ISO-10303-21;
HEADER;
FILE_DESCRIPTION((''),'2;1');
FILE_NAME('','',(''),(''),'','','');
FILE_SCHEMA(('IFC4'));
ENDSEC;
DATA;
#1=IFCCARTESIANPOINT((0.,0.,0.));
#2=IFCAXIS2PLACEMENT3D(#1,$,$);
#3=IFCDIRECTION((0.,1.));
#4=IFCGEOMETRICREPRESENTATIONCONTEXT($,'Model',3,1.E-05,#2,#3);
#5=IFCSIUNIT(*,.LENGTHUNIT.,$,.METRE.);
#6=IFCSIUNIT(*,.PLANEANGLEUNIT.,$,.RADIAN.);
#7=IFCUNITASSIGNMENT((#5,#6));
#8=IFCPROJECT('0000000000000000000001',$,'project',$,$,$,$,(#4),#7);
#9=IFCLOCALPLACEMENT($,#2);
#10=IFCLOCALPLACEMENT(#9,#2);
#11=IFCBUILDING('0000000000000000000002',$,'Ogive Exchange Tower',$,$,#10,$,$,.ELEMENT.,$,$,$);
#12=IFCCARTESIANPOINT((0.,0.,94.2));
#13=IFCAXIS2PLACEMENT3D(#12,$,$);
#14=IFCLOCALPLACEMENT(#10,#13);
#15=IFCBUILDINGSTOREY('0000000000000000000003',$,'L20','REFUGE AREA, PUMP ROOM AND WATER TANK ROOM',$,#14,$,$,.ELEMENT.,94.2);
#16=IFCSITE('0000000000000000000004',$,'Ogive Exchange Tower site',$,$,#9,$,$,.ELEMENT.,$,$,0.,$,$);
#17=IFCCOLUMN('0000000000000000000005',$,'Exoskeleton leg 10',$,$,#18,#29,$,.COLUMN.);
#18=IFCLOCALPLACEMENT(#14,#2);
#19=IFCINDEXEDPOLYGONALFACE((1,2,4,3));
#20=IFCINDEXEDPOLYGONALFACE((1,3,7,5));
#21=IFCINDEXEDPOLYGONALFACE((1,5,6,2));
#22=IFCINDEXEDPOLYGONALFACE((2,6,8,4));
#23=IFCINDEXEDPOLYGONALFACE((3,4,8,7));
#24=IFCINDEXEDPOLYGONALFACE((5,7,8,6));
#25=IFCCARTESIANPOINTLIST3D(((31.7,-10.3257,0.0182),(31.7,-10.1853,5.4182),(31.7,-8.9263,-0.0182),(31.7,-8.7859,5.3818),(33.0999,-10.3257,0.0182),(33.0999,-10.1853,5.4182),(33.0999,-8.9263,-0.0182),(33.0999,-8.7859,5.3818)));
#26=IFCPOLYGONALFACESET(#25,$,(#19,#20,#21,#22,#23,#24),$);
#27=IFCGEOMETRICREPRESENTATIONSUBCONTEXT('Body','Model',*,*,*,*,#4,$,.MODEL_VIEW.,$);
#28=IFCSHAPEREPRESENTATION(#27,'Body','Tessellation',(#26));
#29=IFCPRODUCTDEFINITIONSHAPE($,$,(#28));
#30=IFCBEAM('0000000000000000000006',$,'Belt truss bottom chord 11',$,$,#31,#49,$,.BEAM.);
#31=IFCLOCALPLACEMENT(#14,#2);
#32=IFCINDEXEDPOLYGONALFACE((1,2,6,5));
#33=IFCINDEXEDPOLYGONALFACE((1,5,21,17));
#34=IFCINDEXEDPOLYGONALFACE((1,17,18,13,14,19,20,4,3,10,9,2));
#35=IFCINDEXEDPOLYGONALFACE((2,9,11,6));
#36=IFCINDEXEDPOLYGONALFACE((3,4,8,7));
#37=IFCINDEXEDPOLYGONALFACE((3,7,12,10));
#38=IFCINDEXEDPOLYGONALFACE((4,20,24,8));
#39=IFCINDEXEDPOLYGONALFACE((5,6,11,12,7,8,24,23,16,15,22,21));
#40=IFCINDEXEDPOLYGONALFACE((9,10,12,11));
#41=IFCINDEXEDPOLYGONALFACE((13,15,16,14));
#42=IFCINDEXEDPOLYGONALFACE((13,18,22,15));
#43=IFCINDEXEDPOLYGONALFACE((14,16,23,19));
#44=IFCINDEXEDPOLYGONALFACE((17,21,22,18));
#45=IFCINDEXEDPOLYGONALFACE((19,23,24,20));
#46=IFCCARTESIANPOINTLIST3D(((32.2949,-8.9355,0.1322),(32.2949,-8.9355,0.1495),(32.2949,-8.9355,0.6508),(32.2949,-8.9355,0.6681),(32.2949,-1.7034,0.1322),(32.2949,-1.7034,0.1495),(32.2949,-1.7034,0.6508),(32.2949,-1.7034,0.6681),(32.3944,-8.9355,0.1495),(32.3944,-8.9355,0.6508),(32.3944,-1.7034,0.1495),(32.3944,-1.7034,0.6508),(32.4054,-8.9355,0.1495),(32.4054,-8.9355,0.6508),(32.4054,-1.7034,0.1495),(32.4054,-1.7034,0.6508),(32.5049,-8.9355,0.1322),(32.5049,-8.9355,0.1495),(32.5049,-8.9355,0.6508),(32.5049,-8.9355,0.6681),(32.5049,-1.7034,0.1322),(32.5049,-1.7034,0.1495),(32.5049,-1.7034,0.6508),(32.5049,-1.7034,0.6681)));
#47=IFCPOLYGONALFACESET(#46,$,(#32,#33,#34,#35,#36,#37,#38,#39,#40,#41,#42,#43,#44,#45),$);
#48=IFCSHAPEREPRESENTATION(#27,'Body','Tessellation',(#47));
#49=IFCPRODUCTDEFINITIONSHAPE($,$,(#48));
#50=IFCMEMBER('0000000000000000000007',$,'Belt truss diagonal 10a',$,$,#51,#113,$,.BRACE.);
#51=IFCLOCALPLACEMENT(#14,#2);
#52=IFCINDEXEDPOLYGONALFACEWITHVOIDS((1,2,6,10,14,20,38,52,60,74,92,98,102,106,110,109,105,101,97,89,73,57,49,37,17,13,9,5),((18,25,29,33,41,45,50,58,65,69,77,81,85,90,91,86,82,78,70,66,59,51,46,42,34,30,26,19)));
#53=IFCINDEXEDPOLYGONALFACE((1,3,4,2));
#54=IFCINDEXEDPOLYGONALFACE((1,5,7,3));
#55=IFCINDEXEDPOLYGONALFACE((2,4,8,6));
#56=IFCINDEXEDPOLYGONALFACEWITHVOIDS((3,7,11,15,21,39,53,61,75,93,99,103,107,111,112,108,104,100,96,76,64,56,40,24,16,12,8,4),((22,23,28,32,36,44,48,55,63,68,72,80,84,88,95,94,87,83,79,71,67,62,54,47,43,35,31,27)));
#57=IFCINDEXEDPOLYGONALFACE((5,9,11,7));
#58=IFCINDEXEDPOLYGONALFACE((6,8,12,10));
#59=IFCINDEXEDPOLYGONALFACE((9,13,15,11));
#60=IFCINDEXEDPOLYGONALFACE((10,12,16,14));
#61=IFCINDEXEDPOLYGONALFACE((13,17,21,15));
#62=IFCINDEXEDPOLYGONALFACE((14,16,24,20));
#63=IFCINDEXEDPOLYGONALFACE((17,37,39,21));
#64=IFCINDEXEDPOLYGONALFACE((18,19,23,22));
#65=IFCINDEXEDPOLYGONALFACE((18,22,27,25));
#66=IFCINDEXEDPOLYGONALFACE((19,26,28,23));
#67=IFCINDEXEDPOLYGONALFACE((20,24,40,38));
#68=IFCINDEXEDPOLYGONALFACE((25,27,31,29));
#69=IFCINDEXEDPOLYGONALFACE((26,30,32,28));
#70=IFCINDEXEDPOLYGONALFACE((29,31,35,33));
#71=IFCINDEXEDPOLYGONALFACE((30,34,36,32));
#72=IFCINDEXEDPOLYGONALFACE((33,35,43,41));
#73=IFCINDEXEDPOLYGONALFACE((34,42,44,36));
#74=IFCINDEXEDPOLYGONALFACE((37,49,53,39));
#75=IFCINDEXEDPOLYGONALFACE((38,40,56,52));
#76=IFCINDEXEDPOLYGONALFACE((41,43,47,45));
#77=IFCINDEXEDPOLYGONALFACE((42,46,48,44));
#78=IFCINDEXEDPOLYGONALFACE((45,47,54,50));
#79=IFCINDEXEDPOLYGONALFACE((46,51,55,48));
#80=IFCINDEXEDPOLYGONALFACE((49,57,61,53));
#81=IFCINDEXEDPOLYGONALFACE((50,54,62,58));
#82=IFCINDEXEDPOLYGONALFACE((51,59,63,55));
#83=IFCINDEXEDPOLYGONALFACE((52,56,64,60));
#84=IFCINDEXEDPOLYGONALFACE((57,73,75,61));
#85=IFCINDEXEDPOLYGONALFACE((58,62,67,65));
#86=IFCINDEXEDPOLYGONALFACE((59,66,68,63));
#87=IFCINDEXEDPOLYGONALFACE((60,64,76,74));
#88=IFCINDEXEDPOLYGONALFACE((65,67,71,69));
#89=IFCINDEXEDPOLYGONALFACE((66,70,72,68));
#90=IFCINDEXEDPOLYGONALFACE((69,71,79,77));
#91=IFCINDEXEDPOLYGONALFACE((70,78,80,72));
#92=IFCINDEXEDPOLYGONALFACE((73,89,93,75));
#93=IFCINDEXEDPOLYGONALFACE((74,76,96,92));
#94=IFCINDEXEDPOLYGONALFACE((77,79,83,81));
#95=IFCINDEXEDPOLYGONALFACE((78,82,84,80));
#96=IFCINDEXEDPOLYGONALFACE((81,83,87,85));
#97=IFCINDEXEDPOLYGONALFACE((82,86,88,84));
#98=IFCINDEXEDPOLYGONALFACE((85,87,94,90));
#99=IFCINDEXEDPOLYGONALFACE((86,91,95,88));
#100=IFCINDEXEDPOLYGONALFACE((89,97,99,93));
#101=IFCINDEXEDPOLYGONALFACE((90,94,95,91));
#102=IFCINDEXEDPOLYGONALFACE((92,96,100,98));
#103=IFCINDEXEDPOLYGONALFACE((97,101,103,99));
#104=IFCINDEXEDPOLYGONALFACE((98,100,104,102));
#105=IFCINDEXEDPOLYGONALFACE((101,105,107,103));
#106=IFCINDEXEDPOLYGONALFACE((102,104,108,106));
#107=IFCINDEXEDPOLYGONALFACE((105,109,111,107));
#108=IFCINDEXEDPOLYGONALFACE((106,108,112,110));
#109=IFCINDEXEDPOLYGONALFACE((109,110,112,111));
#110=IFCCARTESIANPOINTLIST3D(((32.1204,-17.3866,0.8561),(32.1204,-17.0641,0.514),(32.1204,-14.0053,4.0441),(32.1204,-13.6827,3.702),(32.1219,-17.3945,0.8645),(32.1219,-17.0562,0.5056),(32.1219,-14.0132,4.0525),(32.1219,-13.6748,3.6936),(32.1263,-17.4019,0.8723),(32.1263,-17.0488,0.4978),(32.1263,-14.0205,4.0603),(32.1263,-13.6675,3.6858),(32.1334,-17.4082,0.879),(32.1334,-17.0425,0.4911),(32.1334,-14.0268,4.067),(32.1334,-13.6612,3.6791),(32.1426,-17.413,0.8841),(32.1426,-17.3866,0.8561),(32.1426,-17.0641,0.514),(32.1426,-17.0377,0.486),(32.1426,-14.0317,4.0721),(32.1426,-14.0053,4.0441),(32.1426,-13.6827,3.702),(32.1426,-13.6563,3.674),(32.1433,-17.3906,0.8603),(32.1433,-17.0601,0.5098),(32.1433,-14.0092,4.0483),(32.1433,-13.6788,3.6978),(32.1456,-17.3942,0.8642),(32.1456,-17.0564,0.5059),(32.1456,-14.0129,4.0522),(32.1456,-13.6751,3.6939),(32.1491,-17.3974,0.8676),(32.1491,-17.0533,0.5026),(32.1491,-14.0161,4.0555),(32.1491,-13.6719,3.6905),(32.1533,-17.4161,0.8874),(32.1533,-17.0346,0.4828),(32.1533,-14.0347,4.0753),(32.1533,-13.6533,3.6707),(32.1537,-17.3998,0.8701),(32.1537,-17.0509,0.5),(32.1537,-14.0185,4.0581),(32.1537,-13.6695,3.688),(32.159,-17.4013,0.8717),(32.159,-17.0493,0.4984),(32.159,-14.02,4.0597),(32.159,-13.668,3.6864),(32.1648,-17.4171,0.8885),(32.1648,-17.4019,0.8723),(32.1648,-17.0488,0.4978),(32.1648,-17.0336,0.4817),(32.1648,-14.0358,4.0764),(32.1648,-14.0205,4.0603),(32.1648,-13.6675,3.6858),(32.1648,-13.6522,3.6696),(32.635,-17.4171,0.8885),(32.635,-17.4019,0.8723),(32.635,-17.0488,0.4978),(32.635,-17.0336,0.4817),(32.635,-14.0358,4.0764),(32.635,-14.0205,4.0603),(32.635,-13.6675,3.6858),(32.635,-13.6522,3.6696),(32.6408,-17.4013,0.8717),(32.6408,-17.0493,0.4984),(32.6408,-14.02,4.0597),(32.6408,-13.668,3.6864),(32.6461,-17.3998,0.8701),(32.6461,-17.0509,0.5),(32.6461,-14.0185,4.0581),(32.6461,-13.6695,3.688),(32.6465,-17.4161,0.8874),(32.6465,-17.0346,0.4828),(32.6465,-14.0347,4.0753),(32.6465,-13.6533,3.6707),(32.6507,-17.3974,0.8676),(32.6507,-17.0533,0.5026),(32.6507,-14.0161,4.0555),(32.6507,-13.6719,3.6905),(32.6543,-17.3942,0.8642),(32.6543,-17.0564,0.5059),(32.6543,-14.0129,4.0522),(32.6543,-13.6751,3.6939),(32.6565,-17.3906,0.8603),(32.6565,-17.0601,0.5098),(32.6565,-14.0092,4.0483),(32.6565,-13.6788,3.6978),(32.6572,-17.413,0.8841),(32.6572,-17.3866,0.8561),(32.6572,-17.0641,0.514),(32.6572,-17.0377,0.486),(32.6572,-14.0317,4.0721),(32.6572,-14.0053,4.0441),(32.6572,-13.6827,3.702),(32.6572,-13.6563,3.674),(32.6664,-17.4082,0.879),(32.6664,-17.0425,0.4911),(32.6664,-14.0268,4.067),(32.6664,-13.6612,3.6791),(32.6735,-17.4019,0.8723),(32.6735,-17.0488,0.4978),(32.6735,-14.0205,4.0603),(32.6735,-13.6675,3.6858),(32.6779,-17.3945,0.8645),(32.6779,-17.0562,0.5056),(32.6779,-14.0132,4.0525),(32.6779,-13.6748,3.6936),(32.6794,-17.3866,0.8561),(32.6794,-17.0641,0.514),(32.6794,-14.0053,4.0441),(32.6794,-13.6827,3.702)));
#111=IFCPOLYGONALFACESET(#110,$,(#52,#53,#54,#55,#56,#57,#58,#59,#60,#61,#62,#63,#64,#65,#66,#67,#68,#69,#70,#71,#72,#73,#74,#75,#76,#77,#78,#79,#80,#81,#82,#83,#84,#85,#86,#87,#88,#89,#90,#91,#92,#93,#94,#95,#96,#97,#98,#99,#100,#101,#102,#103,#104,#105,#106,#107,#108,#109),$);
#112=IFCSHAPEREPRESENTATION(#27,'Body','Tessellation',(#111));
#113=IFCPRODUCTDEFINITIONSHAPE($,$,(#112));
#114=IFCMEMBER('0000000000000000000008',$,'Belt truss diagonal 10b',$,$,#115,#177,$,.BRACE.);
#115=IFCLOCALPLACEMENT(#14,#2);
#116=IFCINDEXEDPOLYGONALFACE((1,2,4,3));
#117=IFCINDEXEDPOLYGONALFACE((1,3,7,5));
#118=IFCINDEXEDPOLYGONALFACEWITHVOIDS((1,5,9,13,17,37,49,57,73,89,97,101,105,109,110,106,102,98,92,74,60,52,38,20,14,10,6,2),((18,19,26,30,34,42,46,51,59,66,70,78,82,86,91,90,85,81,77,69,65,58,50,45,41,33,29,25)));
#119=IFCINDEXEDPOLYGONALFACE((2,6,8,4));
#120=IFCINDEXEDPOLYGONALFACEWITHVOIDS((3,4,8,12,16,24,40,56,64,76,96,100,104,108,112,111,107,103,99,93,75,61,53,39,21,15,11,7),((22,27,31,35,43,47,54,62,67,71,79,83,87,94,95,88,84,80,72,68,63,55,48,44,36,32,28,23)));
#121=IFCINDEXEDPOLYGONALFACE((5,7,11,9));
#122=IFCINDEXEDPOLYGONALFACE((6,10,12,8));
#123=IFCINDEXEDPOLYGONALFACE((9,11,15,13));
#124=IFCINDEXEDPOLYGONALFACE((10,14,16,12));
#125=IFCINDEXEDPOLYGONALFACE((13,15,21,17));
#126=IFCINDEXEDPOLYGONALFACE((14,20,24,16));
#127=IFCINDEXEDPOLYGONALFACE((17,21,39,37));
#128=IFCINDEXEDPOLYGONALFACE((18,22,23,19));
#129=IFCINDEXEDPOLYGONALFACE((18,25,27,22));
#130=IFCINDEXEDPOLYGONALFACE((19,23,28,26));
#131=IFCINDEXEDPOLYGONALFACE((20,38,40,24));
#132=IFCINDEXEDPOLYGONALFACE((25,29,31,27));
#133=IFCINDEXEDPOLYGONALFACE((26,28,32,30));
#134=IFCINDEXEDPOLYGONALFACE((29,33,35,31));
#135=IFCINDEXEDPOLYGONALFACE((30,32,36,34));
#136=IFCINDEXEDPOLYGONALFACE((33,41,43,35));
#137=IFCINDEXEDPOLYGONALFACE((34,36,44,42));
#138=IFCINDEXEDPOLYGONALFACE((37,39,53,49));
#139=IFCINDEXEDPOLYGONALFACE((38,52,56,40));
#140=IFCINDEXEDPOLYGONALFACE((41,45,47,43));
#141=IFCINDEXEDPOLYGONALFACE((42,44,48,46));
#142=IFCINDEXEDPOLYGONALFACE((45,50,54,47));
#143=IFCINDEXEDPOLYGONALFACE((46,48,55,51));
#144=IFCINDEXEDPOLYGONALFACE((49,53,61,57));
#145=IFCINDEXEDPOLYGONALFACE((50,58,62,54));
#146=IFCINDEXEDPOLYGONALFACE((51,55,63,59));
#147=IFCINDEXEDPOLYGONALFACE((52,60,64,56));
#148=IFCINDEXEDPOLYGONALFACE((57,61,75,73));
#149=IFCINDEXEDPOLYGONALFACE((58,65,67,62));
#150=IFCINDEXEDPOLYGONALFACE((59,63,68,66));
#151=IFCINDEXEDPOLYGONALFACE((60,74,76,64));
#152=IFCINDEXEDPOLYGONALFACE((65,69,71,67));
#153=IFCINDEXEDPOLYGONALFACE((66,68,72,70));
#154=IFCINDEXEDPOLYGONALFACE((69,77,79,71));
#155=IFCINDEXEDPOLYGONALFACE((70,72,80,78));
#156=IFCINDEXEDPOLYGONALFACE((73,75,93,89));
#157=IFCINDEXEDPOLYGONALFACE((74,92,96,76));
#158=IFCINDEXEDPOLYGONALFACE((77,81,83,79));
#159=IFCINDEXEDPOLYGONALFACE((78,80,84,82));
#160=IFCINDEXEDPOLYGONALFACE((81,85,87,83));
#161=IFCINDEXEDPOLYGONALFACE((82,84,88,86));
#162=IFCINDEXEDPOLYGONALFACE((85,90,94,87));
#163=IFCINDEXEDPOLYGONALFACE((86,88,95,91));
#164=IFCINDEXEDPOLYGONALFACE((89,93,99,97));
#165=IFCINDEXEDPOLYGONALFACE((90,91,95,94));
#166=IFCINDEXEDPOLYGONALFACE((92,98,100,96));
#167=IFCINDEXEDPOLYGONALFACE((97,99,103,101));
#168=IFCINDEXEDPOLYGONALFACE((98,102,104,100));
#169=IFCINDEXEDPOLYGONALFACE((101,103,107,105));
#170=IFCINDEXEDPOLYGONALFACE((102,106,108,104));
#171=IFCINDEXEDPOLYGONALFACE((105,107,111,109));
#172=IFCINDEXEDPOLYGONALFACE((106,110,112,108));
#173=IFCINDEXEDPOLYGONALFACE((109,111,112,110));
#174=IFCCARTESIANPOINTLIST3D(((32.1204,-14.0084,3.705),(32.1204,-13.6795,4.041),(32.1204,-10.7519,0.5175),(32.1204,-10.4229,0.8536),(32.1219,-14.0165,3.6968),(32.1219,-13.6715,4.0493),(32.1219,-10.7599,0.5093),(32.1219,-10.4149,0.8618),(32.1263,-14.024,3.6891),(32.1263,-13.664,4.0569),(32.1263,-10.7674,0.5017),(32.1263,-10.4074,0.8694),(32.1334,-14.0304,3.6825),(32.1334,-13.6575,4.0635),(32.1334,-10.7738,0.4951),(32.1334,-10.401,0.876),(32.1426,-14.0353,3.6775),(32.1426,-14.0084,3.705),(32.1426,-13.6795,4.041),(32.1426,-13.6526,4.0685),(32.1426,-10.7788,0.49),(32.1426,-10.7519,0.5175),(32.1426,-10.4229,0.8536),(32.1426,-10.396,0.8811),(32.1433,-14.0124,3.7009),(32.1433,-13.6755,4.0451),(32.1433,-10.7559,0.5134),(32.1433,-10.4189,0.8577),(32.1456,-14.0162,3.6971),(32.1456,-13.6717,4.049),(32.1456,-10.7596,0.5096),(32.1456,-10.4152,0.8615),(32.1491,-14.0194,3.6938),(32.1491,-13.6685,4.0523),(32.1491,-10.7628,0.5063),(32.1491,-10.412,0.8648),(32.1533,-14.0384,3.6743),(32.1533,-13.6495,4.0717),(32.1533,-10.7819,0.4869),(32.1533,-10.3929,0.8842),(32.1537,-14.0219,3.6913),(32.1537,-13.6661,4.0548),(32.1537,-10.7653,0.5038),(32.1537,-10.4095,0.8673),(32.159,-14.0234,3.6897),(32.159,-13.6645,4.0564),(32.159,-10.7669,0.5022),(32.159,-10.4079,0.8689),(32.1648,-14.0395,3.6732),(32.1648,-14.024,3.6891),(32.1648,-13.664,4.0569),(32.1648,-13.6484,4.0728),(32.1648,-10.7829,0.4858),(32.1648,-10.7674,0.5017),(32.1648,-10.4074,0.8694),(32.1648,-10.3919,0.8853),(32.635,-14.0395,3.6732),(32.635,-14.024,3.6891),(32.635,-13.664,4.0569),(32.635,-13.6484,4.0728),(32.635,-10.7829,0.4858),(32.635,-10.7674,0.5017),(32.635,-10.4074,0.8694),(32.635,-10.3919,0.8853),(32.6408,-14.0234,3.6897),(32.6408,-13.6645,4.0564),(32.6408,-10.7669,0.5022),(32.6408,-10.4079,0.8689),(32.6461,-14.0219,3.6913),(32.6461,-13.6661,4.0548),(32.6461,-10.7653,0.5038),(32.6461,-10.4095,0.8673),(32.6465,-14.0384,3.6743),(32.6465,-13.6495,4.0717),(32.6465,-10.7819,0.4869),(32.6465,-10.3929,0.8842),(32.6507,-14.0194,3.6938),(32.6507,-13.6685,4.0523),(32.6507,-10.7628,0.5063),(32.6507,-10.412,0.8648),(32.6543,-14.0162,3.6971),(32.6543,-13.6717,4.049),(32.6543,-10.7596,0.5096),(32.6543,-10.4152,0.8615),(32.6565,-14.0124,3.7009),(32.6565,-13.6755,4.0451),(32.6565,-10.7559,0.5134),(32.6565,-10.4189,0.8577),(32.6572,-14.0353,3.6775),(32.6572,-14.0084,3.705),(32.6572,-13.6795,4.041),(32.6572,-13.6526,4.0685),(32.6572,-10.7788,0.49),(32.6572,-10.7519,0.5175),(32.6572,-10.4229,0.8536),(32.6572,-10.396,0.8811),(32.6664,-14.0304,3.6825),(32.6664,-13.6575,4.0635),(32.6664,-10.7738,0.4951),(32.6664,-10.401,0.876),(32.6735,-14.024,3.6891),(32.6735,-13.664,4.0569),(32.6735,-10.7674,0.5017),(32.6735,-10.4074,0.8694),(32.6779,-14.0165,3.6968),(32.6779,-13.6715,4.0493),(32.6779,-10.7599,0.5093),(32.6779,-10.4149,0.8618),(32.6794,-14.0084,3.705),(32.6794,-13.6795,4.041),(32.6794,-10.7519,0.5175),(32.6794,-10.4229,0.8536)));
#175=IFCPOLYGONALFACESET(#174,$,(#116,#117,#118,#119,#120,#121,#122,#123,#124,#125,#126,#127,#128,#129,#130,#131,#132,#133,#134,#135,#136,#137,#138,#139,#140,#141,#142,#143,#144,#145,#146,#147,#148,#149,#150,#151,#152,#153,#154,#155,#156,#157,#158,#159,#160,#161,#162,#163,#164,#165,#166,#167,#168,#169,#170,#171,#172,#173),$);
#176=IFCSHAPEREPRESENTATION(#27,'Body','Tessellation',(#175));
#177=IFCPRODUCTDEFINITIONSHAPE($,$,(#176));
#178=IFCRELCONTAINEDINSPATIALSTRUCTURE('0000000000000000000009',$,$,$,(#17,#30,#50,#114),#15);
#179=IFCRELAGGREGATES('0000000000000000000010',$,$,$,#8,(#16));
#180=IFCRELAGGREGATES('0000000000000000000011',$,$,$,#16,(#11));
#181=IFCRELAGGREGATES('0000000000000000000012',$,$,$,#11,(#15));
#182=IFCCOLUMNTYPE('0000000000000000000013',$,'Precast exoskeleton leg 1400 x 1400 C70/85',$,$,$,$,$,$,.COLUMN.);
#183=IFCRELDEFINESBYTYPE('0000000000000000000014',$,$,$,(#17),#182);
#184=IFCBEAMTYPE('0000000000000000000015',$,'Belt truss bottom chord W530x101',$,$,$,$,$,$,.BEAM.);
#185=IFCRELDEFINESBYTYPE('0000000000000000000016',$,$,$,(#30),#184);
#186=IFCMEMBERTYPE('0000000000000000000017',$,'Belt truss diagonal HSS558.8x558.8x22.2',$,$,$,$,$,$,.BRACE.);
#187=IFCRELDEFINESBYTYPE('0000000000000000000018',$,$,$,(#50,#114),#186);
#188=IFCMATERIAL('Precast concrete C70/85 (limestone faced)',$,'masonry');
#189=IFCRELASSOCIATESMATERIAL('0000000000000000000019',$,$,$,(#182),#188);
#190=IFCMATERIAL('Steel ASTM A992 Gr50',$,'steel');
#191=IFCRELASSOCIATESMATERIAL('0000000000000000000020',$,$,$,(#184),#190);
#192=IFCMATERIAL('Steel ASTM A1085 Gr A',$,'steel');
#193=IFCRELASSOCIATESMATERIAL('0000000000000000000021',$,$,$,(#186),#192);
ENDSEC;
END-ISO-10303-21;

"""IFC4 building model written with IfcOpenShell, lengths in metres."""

from ifc_helpers import new_model, si_unit, direction, frame, origin, origin_2d, place, context, subcontext, project, spatial, rectangle, hollow_rectangle, i_section, extrude, material, material_profile, profile_set, type_object, element, save


model = new_model("IFC4")

# Units and contexts
model_context = context("Model", 3, precision=1e-05, world=origin(), true_north=direction((0.0, 1.0)))
body_context = subcontext(model_context, "Body", "Model", "MODEL_VIEW")
ifc_project = project(units=[si_unit("LENGTHUNIT", "METRE"), si_unit("PLANEANGLEUNIT", "RADIAN")], contexts=[model_context])

# Site, building, storey
site_placement = place(None, origin())
site = spatial("IfcSite", under=ifc_project, at=site_placement, Name="Ogive Exchange Tower site", CompositionType="ELEMENT", RefElevation=0.0)
building_placement = place(site_placement, origin())
building = spatial("IfcBuilding", under=site, at=building_placement, Name="Ogive Exchange Tower", CompositionType="ELEMENT")
storey_placement = place(building_placement, frame((0.0, 0.0, 94.2)))
storey = spatial("IfcBuildingStorey", under=building, at=storey_placement, Name="L20", Description="REFUGE AREA, PUMP ROOM AND WATER TANK ROOM", CompositionType="ELEMENT", Elevation=94.2)

# Column
ifc_material_1 = material(Name="Precast concrete C70/85 (limestone faced)", Category="masonry")
ifc_material_profile_1 = material_profile(ifc_material_1, rectangle(XDim=1.3999, YDim=1.3999, at=origin_2d()), Name="1400 x 1400")
ifc_profile_set_1 = profile_set([ifc_material_profile_1], Name="Precast concrete C70/85 (limestone faced)")
column_type = type_object("IfcColumnType", Name="Precast exoskeleton leg 1400 x 1400 C70/85", PredefinedType="COLUMN", material=ifc_profile_set_1)
column_placement = place(storey_placement, frame((32.3999, -9.626, 0.0), z_axis=(0.0, 0.025987, 0.999662), x_axis=(-1.0, 0.0, 0.0)))
element("IfcColumn", 1, at=column_placement, inside=storey, type_object=column_type, Name="Exoskeleton leg 10", PredefinedType="COLUMN", context=body_context, shape_type="SweptSolid", body=[
    extrude(rectangle(XDim=1.3999, YDim=1.3999, at=origin_2d()), origin(), (0.0, 0.0, 1.0), 5.4019),
])

# Beam
ifc_material_2 = material(Name="Steel ASTM A992 Gr50", Category="steel")
ifc_material_profile_2 = material_profile(ifc_material_2, i_section(OverallWidth=0.21, OverallDepth=0.5359, WebThickness=0.011, FlangeThickness=0.0173, at=origin_2d()), Name="W530x101")
ifc_profile_set_2 = profile_set([ifc_material_profile_2], Name="Steel ASTM A992 Gr50")
beam_type_1 = type_object("IfcBeamType", Name="Belt truss bottom chord W530x101", PredefinedType="BEAM", material=ifc_profile_set_2)
beam_1_placement = place(storey_placement, frame((32.3999, -8.9355, 0.4001), z_axis=(0.0, 1.0, 0.0), x_axis=(-1.0, 0.0, 0.0)))
element("IfcBeam", 2, at=beam_1_placement, inside=storey, type_object=beam_type_1, Name="Belt truss bottom chord 11", PredefinedType="BEAM", context=body_context, shape_type="SweptSolid", body=[
    extrude(i_section(OverallWidth=0.21, OverallDepth=0.5359, WebThickness=0.011, FlangeThickness=0.0173, at=origin_2d()), origin(), (0.0, 0.0, 1.0), 7.2322),
])

# Members
ifc_material_3 = material(Name="Steel ASTM A1085 Gr A", Category="steel")
ifc_material_profile_3 = material_profile(ifc_material_3, hollow_rectangle(XDim=0.5591, YDim=0.5591, WallThickness=0.0222, InnerFilletRadius=0.0222, OuterFilletRadius=0.0444, at=origin_2d()), Name="HSS558.8x558.8x22.2")
ifc_profile_set_3 = profile_set([ifc_material_profile_3], Name="Steel ASTM A1085 Gr A")
member_type_1 = type_object("IfcMemberType", Name="Belt truss diagonal HSS558.8x558.8x22.2", PredefinedType="BRACE", material=ifc_profile_set_3)
member_1_placement = place(storey_placement, frame((32.3999, -17.2253, 0.6851), z_axis=(0.0, 0.727604, 0.685997), x_axis=(-1.0, 0.0, 0.0)))
element("IfcMember", 3, at=member_1_placement, inside=storey, type_object=member_type_1, Name="Belt truss diagonal 10a", PredefinedType="BRACE", context=body_context, shape_type="SweptSolid", body=[
    extrude(hollow_rectangle(XDim=0.5591, YDim=0.5591, WallThickness=0.0222, InnerFilletRadius=0.0222, OuterFilletRadius=0.0444, at=origin_2d()), origin(), (0.0, 0.0, 1.0), 4.6472),
])
member_2_placement = place(storey_placement, frame((32.3999, -10.5874, 0.6855), z_axis=(0.0, -0.714647, 0.699485), x_axis=(1.0, 0.0, 0.0)))
element("IfcMember", 4, at=member_2_placement, inside=storey, type_object=member_type_1, Name="Belt truss diagonal 10b", PredefinedType="BRACE", context=body_context, shape_type="SweptSolid", body=[
    extrude(hollow_rectangle(XDim=0.5591, YDim=0.5591, WallThickness=0.0222, InnerFilletRadius=0.0222, OuterFilletRadius=0.0444, at=origin_2d()), origin(), (0.0, 0.0, 1.0), 4.5569),
])

save(model, "model.ifc")
